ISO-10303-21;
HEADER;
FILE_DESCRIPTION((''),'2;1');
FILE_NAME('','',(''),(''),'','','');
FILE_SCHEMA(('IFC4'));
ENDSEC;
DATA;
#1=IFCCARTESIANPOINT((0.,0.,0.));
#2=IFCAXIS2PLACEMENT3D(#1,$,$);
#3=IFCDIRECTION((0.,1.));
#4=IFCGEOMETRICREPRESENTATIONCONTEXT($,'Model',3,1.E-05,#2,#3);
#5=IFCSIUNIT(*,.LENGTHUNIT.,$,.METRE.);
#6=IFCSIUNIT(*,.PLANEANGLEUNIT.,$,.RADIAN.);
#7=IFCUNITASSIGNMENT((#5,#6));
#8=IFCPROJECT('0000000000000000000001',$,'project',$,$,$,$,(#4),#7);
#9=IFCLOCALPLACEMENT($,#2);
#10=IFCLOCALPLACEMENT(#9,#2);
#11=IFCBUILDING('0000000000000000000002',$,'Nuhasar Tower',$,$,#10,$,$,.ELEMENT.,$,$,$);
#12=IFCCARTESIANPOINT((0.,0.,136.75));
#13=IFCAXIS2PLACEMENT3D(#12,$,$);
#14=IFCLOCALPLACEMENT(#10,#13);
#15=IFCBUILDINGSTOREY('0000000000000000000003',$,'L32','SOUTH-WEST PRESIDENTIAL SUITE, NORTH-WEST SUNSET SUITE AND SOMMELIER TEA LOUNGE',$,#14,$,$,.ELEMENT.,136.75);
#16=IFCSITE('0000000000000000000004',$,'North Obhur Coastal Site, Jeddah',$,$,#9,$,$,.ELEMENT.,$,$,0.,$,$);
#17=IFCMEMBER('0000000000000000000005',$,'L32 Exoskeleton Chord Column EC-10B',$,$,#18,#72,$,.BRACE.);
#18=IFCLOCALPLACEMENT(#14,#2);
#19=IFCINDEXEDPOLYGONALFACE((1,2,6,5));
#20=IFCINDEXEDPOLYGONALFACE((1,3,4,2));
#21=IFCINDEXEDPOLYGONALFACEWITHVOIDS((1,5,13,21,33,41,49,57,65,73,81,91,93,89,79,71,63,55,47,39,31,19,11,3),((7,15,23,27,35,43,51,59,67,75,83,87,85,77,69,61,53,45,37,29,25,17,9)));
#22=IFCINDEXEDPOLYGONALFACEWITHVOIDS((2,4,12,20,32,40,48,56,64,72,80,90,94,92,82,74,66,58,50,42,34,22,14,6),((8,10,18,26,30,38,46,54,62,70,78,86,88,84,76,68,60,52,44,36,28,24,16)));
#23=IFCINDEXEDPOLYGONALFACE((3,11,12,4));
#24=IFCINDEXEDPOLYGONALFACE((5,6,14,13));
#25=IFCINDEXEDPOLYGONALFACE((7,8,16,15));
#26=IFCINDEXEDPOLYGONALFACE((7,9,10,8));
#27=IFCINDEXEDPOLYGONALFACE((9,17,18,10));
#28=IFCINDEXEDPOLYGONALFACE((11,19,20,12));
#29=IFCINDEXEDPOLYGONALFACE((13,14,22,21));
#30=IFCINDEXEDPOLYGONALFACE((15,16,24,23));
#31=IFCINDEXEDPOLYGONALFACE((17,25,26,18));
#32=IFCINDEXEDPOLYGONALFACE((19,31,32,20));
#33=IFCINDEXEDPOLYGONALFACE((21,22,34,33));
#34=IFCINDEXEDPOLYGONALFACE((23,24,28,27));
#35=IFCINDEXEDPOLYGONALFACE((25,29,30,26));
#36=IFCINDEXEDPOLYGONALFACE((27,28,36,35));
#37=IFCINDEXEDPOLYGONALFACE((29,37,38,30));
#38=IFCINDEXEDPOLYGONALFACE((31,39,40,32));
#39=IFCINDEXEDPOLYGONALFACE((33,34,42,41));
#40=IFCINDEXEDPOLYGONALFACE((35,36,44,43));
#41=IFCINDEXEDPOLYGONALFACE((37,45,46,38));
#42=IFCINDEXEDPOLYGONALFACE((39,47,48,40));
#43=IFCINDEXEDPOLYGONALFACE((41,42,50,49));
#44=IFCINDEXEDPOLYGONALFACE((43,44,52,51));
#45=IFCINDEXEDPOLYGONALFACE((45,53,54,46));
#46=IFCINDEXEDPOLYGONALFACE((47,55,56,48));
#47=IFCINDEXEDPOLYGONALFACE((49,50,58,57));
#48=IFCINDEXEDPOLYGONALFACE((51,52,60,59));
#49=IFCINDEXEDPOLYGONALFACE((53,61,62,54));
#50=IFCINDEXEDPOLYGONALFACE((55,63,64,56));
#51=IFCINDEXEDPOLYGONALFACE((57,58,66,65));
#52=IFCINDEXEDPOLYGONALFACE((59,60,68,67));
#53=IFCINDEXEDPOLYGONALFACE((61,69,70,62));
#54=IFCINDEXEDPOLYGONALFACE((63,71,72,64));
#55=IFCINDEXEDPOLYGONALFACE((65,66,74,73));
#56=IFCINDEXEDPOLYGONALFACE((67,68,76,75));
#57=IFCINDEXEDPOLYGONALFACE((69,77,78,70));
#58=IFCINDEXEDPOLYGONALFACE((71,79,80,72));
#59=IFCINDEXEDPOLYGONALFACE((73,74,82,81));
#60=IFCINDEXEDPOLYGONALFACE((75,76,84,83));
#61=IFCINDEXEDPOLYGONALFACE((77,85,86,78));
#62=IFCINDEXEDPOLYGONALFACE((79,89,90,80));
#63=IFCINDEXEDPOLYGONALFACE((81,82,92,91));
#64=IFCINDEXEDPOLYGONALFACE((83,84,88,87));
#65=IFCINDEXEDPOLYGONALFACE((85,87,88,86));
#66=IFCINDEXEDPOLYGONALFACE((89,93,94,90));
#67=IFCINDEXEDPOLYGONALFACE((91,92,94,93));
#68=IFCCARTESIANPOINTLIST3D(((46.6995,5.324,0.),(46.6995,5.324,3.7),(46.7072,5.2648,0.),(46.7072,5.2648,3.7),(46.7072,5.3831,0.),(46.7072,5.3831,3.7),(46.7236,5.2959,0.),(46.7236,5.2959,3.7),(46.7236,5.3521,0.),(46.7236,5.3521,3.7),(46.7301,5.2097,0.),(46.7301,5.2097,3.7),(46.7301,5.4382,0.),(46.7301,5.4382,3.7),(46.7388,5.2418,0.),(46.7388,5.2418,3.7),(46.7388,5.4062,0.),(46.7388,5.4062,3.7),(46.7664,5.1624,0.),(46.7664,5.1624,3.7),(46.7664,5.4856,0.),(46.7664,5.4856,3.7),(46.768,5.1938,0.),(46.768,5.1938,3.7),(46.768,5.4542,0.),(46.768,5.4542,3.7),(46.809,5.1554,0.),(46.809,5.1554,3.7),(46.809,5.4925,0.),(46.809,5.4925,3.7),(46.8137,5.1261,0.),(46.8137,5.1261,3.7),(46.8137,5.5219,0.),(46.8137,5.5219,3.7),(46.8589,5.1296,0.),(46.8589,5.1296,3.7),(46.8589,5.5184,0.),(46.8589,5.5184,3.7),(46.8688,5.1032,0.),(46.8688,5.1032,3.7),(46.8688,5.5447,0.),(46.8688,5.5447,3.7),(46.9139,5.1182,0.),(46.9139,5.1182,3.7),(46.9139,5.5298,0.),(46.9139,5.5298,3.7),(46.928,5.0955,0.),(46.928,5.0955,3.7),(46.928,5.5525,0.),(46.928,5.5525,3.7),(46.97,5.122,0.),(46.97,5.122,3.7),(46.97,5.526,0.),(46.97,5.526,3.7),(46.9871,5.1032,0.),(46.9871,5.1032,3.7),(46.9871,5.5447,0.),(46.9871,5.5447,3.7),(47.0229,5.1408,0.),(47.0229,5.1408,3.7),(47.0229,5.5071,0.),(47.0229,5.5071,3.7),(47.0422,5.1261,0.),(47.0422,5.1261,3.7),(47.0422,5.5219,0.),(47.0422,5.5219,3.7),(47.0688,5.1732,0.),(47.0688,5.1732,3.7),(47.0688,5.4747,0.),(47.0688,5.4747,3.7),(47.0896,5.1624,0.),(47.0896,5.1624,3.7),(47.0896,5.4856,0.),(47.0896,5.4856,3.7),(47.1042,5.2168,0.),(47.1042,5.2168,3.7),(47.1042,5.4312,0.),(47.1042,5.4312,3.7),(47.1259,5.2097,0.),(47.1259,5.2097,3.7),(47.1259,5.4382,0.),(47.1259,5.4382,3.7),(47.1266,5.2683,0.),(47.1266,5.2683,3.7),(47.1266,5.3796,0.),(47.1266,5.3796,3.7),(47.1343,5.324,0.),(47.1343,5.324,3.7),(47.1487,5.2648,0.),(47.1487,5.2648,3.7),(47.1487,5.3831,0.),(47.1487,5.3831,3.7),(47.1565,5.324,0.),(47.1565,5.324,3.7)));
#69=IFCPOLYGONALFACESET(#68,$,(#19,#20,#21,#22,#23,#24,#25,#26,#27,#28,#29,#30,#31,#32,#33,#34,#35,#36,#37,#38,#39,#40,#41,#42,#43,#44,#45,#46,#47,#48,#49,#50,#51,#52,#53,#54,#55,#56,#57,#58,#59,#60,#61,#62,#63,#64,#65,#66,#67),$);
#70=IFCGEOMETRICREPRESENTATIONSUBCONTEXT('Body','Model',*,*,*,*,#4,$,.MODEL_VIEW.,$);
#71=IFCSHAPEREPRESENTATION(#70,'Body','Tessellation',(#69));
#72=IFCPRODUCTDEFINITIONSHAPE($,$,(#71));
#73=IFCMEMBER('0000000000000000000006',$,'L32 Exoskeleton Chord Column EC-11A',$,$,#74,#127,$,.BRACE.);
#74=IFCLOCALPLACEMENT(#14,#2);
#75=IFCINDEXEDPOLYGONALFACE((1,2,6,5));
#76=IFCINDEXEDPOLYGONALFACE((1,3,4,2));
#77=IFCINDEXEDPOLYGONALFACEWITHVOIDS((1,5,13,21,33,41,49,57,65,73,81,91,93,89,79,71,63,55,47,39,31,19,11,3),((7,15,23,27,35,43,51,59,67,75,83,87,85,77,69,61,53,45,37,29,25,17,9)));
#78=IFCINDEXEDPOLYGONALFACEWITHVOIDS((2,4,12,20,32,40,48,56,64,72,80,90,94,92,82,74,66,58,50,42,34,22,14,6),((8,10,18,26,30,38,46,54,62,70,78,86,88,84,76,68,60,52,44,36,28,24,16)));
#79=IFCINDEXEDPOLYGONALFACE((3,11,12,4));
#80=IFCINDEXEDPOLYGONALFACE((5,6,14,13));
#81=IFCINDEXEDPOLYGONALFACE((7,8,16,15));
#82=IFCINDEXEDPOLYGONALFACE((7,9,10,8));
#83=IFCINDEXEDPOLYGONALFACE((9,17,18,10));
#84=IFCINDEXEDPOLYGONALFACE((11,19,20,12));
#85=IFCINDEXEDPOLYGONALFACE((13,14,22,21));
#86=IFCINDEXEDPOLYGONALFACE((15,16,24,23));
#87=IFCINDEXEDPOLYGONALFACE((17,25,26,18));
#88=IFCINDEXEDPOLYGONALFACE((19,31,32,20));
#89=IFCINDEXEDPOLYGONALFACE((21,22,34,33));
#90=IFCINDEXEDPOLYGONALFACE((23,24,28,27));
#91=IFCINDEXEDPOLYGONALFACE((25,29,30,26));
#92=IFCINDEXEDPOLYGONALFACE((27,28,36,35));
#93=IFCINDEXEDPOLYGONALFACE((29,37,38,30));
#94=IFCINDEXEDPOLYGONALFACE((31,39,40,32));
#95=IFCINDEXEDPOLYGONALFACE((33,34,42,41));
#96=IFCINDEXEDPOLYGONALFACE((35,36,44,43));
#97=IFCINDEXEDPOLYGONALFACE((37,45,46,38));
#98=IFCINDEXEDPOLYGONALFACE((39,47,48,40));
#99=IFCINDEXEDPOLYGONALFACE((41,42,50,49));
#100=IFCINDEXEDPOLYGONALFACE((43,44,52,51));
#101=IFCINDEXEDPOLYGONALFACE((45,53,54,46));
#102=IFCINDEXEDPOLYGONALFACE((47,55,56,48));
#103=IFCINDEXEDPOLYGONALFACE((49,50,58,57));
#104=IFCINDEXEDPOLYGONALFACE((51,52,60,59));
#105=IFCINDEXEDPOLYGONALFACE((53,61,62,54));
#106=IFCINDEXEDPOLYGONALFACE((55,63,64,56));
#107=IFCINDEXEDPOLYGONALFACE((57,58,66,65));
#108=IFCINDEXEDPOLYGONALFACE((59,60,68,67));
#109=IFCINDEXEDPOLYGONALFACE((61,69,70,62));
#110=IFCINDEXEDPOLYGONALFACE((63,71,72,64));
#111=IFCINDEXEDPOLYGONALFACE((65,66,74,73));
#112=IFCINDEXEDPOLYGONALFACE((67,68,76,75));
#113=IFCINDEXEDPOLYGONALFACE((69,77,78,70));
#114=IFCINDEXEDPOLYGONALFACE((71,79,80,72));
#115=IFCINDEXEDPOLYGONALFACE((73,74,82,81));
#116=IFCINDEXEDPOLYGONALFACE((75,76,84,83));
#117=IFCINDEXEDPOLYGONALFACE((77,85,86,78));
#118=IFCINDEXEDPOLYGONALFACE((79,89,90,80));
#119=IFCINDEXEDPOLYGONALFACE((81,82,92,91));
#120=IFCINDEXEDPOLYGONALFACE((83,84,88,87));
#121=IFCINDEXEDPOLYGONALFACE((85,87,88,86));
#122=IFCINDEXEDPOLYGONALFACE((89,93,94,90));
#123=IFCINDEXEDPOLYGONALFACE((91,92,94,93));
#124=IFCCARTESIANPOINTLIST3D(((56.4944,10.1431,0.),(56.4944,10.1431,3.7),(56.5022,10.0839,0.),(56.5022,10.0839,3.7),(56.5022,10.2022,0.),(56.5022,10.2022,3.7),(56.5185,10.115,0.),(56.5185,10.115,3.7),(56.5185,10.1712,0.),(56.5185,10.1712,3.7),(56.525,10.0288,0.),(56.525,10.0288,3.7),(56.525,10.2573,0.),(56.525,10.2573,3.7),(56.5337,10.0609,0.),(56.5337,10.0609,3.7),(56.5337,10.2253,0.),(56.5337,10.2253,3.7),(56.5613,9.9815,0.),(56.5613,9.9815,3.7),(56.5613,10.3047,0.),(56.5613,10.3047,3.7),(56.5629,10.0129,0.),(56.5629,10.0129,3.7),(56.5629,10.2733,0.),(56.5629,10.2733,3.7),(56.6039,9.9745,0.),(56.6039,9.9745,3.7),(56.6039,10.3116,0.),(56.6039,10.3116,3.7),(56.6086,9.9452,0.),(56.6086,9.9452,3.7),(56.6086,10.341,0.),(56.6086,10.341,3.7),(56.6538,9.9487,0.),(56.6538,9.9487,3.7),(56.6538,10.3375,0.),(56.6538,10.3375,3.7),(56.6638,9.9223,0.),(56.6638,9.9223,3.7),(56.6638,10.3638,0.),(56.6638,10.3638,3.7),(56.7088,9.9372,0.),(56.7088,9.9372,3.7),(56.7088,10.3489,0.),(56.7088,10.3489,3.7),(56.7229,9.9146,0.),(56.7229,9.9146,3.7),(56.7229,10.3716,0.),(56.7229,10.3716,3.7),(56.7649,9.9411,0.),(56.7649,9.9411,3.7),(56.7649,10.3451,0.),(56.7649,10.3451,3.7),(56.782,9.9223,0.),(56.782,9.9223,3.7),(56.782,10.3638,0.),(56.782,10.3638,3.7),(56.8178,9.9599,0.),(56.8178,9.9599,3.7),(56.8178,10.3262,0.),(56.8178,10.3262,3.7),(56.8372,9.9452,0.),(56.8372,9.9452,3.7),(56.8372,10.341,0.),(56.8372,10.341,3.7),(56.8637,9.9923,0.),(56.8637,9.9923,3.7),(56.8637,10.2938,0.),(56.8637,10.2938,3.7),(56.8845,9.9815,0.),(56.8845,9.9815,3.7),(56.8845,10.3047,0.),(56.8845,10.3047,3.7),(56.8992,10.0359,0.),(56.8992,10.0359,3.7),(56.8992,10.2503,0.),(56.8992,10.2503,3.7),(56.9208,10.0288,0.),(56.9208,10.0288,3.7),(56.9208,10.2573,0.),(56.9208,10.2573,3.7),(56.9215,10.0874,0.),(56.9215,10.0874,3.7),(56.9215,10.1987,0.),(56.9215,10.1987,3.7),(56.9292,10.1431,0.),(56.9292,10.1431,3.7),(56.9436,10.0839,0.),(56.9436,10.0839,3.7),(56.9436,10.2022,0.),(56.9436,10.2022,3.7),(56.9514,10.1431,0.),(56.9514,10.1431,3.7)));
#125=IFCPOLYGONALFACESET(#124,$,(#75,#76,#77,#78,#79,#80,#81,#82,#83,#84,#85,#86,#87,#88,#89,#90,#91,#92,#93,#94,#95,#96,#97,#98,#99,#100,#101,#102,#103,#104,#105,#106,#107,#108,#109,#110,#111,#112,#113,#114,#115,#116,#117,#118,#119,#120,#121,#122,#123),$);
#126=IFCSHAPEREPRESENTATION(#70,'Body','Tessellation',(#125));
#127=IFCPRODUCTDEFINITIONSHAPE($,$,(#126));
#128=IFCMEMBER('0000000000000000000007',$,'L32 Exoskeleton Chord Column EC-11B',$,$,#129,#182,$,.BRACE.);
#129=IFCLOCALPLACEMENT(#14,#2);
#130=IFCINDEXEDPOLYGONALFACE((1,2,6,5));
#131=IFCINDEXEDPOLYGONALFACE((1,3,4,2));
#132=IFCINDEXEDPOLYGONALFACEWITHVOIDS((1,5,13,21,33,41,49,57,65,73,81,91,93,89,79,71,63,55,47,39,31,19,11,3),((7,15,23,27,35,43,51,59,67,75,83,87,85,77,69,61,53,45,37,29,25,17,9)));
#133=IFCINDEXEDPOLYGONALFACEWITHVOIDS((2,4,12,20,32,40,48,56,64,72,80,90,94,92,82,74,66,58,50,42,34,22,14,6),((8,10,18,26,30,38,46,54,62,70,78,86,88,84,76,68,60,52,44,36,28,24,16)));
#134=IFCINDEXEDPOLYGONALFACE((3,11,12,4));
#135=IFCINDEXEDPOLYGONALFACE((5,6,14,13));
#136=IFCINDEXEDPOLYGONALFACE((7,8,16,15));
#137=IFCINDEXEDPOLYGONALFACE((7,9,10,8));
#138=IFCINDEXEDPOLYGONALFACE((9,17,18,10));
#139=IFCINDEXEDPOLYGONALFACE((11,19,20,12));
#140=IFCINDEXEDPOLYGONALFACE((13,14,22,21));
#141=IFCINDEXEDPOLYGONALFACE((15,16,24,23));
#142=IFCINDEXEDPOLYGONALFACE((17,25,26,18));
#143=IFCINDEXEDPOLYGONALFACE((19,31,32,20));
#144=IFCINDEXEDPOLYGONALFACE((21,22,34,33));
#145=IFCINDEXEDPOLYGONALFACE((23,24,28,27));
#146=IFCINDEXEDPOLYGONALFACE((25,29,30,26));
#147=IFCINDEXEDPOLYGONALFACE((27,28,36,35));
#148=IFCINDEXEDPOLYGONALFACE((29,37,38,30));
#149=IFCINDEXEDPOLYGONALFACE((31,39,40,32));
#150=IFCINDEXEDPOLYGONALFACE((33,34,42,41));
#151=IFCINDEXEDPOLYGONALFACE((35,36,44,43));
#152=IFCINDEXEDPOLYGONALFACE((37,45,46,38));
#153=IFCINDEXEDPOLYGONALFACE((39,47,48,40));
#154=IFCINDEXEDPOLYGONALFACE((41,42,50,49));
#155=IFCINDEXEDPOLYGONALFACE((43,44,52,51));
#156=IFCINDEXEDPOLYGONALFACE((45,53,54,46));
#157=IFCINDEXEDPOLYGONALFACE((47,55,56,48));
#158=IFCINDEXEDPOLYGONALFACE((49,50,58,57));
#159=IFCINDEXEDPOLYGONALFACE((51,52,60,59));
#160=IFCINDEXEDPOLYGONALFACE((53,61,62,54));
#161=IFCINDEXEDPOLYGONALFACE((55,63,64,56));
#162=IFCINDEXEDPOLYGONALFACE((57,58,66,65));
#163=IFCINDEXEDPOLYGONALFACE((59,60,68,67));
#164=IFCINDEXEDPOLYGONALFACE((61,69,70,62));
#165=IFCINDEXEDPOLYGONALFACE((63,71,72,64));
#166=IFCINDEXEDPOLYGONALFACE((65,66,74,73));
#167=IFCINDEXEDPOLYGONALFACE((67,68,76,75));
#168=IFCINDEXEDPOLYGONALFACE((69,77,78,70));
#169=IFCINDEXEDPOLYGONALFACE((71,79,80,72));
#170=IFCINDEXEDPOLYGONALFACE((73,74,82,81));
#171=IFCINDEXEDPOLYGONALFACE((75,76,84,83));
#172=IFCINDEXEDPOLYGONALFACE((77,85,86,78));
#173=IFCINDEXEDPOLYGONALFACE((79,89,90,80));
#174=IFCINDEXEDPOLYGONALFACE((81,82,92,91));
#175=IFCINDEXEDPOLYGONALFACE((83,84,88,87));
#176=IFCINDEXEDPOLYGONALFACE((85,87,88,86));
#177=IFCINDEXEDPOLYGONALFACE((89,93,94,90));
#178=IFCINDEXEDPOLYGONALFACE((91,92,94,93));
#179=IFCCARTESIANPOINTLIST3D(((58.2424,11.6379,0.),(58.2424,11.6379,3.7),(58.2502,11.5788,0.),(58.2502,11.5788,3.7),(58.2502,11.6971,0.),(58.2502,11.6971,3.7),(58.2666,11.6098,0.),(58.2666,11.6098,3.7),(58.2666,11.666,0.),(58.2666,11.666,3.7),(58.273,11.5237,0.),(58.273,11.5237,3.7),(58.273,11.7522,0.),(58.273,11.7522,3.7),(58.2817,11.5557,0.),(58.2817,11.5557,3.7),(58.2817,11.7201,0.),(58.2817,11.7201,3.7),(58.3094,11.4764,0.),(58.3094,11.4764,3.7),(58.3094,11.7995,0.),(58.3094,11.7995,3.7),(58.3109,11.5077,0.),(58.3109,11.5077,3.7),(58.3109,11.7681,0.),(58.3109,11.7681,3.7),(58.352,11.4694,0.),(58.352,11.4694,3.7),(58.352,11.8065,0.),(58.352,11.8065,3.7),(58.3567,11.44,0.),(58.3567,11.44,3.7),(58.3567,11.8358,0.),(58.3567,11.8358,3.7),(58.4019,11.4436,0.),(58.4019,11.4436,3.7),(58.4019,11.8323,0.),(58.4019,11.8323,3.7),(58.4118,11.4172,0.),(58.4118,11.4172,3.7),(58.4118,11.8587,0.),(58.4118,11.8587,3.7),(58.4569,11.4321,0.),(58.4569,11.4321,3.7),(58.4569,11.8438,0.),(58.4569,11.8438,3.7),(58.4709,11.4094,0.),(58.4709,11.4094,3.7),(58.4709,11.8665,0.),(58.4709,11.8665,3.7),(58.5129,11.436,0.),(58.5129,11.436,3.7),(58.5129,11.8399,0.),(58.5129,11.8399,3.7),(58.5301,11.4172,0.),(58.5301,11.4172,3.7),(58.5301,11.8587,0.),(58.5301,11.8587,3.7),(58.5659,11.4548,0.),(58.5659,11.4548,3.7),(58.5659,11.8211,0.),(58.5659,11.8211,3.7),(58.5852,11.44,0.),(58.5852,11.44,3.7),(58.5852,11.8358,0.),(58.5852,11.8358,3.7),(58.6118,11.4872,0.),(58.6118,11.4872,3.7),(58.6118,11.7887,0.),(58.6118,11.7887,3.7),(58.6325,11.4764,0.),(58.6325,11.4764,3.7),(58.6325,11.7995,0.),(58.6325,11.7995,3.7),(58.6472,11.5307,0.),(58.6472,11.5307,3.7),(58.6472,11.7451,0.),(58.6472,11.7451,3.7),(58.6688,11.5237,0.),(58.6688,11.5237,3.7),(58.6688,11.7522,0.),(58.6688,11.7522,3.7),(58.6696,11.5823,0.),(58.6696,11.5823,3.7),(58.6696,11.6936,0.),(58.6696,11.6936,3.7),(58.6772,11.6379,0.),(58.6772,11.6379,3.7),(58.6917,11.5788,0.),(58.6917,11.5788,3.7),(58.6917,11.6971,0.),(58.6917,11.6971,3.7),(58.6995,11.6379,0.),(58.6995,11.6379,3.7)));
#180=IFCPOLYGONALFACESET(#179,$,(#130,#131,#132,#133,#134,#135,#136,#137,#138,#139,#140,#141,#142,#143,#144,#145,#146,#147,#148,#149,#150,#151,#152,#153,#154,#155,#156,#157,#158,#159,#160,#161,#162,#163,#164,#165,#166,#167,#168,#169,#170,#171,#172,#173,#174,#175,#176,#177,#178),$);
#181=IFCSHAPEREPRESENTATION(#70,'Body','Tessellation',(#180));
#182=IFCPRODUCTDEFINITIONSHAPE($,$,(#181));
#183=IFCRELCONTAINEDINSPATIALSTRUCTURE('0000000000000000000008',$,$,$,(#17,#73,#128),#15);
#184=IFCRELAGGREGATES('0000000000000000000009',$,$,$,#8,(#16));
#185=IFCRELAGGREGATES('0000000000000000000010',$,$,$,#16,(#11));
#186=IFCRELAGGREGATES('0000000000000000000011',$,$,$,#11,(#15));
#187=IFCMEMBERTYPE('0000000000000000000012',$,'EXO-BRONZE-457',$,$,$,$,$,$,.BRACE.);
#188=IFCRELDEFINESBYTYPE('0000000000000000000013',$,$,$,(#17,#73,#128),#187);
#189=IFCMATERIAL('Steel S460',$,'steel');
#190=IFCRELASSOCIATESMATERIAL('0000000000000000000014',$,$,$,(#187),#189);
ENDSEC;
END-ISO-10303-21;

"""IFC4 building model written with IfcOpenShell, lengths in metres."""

from ifc_helpers import new_model, si_unit, direction, frame, origin, origin_2d, place, context, subcontext, project, spatial, hollow_circle, extrude, material, material_profile, profile_set, type_object, element, save


model = new_model("IFC4")

# Units and contexts
model_context = context("Model", 3, precision=1e-05, world=origin(), true_north=direction((0.0, 1.0)))
body_context = subcontext(model_context, "Body", "Model", "MODEL_VIEW")
ifc_project = project(units=[si_unit("LENGTHUNIT", "METRE"), si_unit("PLANEANGLEUNIT", "RADIAN")], contexts=[model_context])

# Site, building, storey
site_placement = place(None, origin())
site = spatial("IfcSite", under=ifc_project, at=site_placement, Name="North Obhur Coastal Site, Jeddah", CompositionType="ELEMENT", RefElevation=0.0)
building_placement = place(site_placement, origin())
building = spatial("IfcBuilding", under=site, at=building_placement, Name="Nuhasar Tower", CompositionType="ELEMENT")
storey_placement = place(building_placement, frame((0.0, 0.0, 136.75)))
storey = spatial("IfcBuildingStorey", under=building, at=storey_placement, Name="L32", Description="SOUTH-WEST PRESIDENTIAL SUITE, NORTH-WEST SUNSET SUITE AND SOMMELIER TEA LOUNGE", CompositionType="ELEMENT", Elevation=136.75)

# Members
ifc_material_1 = material(Name="Steel S460", Category="steel")
ifc_material_profile_1 = material_profile(ifc_material_1, hollow_circle(Radius=0.2285, WallThickness=0.0222, at=origin_2d()), Name="HSS457X22.2")
ifc_profile_set_1 = profile_set([ifc_material_profile_1], Name="Steel S460")
member_type_1 = type_object("IfcMemberType", Name="EXO-BRONZE-457", PredefinedType="BRACE", material=ifc_profile_set_1)
for number, where, z_axis, x_axis, name in (
    (1, (46.928, 5.324, 0.0), (0.0, 0.0, 1.0), (1.0, 0.0, 0.0), "L32 Exoskeleton Chord Column EC-10B"),
    (2, (56.7229, 10.1431, 0.0), (0.0, 0.0, 1.0), (1.0, 0.0, 0.0), "L32 Exoskeleton Chord Column EC-11A"),
    (3, (58.4709, 11.6379, 0.0), (0.0, 0.0, 1.0), (1.0, 0.0, 0.0), "L32 Exoskeleton Chord Column EC-11B"),
):
    element("IfcMember", number, at=place(storey_placement, frame(where, z_axis=z_axis, x_axis=x_axis)), inside=storey, type_object=member_type_1, Name=name, PredefinedType="BRACE", context=body_context, shape_type="SweptSolid", body=[
        extrude(hollow_circle(Radius=0.2285, WallThickness=0.0222, at=origin_2d()), origin(), (0.0, 0.0, 1.0), 3.7),
    ])

save(model, "model.ifc")
